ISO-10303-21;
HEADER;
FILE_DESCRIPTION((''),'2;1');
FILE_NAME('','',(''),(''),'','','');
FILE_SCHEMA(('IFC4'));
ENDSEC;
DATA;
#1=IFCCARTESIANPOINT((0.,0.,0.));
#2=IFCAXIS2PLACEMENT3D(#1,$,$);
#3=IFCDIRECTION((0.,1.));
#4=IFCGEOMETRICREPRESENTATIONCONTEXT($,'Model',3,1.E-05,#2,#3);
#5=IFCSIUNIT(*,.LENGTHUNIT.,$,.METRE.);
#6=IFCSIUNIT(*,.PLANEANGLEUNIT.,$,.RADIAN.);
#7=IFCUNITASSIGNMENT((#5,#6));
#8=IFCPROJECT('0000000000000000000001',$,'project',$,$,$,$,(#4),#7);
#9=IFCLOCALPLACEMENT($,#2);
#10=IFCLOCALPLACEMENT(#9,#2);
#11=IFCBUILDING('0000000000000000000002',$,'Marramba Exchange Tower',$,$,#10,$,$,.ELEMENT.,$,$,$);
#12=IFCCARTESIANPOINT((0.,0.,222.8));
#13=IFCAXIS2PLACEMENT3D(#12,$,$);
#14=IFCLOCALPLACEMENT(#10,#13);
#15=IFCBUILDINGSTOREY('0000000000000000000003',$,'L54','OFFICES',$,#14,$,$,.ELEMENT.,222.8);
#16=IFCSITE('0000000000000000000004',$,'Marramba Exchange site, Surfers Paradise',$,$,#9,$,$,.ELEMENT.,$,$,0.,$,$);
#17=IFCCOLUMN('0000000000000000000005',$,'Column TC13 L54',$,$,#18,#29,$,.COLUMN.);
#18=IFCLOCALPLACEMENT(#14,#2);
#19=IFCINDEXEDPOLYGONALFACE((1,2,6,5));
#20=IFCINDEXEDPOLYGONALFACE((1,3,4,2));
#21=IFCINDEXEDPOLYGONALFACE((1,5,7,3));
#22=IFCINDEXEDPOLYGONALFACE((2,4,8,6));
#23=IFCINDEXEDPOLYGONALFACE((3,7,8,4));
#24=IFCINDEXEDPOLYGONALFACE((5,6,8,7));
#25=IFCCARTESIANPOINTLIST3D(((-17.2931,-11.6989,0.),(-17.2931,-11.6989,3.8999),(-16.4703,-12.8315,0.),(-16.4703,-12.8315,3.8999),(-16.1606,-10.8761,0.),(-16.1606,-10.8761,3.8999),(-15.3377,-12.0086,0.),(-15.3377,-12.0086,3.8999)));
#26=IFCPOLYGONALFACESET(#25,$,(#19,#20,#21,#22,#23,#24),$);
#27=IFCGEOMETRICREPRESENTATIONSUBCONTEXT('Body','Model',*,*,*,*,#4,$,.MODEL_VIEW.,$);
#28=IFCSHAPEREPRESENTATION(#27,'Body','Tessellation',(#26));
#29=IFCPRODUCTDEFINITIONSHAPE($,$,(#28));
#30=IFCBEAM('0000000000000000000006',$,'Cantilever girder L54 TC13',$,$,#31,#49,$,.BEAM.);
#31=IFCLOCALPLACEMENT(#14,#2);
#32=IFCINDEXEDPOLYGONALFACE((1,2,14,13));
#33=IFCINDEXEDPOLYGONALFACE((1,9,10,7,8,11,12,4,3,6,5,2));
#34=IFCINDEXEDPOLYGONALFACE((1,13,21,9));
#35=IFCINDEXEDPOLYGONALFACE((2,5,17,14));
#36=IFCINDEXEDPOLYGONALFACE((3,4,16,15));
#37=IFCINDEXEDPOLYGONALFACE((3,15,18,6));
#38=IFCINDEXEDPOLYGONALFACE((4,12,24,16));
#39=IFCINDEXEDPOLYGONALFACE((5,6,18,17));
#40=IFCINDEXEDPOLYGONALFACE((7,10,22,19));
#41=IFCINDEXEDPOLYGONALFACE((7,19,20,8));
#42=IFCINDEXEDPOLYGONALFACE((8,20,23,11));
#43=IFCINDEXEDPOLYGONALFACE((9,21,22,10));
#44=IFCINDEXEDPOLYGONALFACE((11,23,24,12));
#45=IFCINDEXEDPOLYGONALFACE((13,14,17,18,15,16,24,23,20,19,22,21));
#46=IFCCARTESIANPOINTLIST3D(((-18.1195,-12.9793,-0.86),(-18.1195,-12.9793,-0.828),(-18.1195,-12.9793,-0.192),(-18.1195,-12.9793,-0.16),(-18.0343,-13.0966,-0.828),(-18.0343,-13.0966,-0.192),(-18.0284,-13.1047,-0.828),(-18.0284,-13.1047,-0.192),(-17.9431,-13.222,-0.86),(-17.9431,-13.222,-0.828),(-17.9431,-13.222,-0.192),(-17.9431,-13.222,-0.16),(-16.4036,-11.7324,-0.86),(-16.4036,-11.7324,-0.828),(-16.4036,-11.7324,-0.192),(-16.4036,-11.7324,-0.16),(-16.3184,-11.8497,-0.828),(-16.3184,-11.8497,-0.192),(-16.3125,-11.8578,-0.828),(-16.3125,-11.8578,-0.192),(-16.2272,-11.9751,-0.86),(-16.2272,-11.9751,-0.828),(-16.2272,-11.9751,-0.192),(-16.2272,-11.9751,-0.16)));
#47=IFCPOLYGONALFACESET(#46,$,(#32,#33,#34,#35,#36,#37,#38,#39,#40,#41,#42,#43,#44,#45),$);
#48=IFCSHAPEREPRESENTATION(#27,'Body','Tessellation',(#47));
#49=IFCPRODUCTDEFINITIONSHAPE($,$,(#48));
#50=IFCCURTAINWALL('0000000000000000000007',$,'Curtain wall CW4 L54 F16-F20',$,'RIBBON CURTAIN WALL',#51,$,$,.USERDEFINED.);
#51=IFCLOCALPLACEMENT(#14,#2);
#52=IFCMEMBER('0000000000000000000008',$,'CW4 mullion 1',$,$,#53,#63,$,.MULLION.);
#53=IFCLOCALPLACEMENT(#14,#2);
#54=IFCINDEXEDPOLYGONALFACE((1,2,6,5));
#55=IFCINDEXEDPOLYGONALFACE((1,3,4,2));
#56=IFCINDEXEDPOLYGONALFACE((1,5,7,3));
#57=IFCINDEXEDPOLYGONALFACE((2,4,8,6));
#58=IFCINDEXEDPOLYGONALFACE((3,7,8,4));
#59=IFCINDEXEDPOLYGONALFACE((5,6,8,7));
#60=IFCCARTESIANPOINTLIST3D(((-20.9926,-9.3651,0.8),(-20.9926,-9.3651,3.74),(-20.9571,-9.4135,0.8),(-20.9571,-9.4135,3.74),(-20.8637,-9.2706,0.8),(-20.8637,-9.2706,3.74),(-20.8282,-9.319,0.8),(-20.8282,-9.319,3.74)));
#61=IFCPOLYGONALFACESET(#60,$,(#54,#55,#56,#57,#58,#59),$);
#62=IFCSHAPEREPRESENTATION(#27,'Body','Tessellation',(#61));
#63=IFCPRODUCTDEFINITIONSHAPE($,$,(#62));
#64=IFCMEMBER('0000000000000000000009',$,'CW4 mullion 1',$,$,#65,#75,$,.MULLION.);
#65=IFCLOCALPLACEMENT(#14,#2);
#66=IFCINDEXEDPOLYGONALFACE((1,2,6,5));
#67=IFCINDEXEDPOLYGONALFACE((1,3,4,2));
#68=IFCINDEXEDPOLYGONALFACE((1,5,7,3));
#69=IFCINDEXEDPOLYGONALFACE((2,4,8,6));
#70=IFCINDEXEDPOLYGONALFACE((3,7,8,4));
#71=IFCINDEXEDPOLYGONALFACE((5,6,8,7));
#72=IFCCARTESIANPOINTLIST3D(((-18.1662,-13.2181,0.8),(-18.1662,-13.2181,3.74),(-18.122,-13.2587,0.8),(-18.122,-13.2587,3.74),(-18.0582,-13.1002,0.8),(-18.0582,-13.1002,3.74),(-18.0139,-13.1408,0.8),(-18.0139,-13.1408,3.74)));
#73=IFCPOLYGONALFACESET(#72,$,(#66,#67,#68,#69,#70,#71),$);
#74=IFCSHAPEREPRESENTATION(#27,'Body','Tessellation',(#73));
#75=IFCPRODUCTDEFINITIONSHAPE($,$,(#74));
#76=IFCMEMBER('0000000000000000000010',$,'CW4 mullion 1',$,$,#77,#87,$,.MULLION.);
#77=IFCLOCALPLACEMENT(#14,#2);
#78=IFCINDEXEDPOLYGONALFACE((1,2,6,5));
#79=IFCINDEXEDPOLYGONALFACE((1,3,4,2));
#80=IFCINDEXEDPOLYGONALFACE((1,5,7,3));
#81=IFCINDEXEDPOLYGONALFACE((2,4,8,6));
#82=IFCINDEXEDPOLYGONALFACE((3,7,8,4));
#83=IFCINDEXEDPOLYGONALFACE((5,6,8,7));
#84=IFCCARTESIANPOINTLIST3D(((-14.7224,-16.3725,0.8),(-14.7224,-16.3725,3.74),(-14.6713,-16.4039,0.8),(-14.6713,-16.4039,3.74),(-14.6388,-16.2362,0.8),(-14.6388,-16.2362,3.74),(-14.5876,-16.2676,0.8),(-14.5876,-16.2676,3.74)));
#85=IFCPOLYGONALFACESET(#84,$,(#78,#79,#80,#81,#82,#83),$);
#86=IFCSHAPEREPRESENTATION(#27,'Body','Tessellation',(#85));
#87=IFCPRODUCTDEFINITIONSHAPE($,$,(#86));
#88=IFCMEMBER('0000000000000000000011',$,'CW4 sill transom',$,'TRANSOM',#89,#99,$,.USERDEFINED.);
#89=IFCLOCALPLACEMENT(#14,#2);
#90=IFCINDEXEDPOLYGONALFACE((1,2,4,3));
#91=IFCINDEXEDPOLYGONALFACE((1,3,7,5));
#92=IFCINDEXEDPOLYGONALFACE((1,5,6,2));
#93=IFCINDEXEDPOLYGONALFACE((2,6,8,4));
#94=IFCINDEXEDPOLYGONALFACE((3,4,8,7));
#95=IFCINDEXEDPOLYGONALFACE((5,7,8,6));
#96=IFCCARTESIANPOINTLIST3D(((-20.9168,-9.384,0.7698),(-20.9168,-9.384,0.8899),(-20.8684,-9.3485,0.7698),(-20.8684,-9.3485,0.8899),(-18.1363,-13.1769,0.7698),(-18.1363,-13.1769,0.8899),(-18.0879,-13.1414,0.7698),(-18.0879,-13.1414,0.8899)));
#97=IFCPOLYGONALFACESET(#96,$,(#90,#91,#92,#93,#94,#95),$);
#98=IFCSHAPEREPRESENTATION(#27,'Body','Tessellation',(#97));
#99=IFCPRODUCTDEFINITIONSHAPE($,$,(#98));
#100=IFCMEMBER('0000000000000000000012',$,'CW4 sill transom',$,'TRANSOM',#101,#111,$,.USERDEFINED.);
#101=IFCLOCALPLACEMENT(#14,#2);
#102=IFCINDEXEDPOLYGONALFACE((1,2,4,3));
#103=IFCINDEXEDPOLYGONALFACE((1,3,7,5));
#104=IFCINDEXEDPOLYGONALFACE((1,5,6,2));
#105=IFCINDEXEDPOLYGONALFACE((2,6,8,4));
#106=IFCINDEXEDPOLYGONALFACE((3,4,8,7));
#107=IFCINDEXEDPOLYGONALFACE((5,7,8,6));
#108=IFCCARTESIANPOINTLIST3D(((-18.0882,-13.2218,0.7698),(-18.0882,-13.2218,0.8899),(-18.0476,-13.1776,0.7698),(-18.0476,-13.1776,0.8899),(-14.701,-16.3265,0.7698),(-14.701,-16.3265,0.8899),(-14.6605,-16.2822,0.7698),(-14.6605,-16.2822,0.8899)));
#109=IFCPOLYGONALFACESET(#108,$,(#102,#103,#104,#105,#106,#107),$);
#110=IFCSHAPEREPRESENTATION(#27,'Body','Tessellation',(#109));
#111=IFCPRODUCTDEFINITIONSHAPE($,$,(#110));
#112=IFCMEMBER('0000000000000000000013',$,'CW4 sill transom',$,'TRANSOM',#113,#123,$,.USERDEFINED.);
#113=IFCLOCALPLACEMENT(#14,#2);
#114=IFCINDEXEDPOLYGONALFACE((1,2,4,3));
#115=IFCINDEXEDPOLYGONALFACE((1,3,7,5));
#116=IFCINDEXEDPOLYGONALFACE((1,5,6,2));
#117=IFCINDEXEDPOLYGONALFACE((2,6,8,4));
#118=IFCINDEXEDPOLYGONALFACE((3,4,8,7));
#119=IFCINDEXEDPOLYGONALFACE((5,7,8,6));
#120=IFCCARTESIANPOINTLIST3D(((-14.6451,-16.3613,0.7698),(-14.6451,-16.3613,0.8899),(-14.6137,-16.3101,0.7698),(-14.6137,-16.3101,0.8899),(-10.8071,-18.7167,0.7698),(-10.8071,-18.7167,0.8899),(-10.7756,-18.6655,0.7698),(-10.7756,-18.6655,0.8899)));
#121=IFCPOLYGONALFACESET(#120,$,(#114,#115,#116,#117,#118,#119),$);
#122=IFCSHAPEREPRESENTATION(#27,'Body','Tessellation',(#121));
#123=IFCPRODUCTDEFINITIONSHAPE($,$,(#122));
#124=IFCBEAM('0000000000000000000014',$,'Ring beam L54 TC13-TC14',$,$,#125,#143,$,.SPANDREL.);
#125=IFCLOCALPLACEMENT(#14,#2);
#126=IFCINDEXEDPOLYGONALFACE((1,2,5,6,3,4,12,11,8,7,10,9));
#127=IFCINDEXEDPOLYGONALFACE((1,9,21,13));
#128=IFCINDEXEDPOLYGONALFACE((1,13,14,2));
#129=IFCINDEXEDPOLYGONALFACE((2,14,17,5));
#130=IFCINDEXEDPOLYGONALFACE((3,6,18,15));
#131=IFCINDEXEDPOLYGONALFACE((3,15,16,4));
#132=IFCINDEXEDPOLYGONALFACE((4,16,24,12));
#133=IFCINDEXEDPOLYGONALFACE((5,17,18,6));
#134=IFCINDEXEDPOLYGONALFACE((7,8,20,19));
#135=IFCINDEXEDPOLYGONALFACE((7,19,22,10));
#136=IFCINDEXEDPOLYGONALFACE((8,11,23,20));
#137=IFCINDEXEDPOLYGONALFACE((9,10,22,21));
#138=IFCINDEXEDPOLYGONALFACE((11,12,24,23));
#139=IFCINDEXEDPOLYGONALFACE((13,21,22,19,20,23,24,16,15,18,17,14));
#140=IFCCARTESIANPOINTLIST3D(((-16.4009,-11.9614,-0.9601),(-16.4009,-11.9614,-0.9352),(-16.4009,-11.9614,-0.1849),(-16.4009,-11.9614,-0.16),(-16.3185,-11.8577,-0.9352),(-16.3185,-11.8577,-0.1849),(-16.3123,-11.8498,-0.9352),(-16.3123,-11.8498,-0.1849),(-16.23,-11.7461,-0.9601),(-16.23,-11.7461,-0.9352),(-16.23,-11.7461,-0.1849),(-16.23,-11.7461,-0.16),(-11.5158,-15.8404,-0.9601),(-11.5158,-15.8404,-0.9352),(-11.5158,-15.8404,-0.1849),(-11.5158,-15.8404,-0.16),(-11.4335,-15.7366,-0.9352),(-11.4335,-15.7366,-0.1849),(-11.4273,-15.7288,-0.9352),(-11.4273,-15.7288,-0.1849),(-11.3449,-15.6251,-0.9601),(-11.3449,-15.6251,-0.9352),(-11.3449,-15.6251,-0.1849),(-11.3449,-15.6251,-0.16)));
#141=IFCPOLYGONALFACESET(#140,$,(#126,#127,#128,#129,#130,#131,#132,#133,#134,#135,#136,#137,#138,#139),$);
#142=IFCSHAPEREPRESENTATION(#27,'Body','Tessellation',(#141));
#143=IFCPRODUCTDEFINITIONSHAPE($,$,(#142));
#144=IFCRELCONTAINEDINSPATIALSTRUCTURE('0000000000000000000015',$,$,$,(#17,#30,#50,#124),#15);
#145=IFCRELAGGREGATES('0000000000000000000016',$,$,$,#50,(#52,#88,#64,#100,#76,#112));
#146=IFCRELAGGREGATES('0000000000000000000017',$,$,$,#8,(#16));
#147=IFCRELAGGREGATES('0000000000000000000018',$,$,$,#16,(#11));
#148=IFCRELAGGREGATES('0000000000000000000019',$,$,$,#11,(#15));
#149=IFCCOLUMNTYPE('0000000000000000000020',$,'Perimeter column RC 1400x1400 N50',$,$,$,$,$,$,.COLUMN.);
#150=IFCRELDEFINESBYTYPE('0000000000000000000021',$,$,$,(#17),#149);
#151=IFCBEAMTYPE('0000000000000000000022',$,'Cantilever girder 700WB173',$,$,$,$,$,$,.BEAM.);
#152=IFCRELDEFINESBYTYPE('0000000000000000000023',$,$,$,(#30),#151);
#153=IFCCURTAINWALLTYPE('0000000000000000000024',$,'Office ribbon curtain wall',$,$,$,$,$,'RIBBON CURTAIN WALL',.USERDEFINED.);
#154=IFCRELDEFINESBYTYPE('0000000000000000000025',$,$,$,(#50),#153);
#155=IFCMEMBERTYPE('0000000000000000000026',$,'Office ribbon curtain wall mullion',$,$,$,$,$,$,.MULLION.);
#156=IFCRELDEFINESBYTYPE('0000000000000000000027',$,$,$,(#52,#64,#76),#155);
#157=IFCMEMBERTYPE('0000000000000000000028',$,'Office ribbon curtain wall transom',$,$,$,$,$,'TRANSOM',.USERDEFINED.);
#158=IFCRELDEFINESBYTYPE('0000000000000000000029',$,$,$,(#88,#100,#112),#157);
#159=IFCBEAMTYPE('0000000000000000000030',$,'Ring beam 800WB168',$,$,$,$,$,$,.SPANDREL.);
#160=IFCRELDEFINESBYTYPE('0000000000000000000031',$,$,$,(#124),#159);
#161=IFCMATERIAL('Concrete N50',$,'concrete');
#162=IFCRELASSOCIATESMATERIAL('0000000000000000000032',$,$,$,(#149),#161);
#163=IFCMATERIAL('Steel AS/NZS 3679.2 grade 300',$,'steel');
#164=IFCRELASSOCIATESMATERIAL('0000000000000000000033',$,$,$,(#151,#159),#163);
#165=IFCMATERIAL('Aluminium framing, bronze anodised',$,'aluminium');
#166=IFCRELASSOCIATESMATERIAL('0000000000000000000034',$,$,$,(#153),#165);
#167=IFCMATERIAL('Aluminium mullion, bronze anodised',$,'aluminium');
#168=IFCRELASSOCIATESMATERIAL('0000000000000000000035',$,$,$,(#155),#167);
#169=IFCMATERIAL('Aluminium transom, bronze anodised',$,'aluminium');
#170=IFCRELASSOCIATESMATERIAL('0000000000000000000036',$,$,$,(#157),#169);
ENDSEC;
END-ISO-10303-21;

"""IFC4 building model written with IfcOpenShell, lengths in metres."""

from ifc_helpers import new_model, si_unit, direction, frame, origin, origin_2d, place, context, subcontext, project, spatial, rectangle, i_section, extrude, material, material_profile, profile_set, type_object, element, aggregate, save


model = new_model("IFC4")

# Units and contexts
model_context = context("Model", 3, precision=1e-05, world=origin(), true_north=direction((0.0, 1.0)))
body_context = subcontext(model_context, "Body", "Model", "MODEL_VIEW")
ifc_project = project(units=[si_unit("LENGTHUNIT", "METRE"), si_unit("PLANEANGLEUNIT", "RADIAN")], contexts=[model_context])

# Site, building, storey
site_placement = place(None, origin())
site = spatial("IfcSite", under=ifc_project, at=site_placement, Name="Marramba Exchange site, Surfers Paradise", CompositionType="ELEMENT", RefElevation=0.0)
building_placement = place(site_placement, origin())
building = spatial("IfcBuilding", under=site, at=building_placement, Name="Marramba Exchange Tower", CompositionType="ELEMENT")
storey_placement = place(building_placement, frame((0.0, 0.0, 222.8)))
storey = spatial("IfcBuildingStorey", under=building, at=storey_placement, Name="L54", Description="OFFICES", CompositionType="ELEMENT", Elevation=222.8)

# Column
ifc_material_1 = material(Name="Concrete N50", Category="concrete")
ifc_material_profile_1 = material_profile(ifc_material_1, rectangle(XDim=1.3999, YDim=1.3999, at=origin_2d()), Name="RC 1400x1400")
ifc_profile_set_1 = profile_set([ifc_material_profile_1], Name="Concrete N50")
column_type = type_object("IfcColumnType", Name="Perimeter column RC 1400x1400 N50", PredefinedType="COLUMN", material=ifc_profile_set_1)
column_placement = place(storey_placement, frame((-16.3154, -11.8538, 0.0), z_axis=(0.0, 0.0, 1.0), x_axis=(-0.809017, -0.587785, 0.0)))
element("IfcColumn", 1, at=column_placement, inside=storey, type_object=column_type, Name="Column TC13 L54", PredefinedType="COLUMN", context=body_context, shape_type="SweptSolid", body=[
    extrude(rectangle(XDim=1.3999, YDim=1.3999, at=origin_2d()), origin(), (0.0, 0.0, 1.0), 3.8999),
])

# Beam
ifc_material_2 = material(Name="Steel AS/NZS 3679.2 grade 300", Category="steel")
ifc_material_profile_2 = material_profile(ifc_material_2, i_section(OverallWidth=0.3, OverallDepth=0.7, WebThickness=0.01, FlangeThickness=0.032, at=origin_2d()), Name="700WB173")
ifc_profile_set_2 = profile_set([ifc_material_profile_2], Name="Steel AS/NZS 3679.2 grade 300")
beam_type_1 = type_object("IfcBeamType", Name="Cantilever girder 700WB173", PredefinedType="BEAM", material=ifc_profile_set_2)
beam_1_placement = place(storey_placement, frame((-16.3154, -11.8538, -0.51), z_axis=(-0.80897, -0.58785, 0.0), x_axis=(0.58785, -0.80897, 0.0)))
element("IfcBeam", 2, at=beam_1_placement, inside=storey, type_object=beam_type_1, Name="Cantilever girder L54 TC13", PredefinedType="BEAM", context=body_context, shape_type="SweptSolid", body=[
    extrude(i_section(OverallWidth=0.3, OverallDepth=0.7, WebThickness=0.01, FlangeThickness=0.032, at=origin_2d()), origin(), (0.0, 0.0, 1.0), 2.1211),
])

# Curtain wall, members
ifc_material_3 = material(Name="Aluminium framing, bronze anodised", Category="aluminium")
curtain_wall_type = type_object("IfcCurtainWallType", Name="Office ribbon curtain wall", ElementType="RIBBON CURTAIN WALL", PredefinedType="USERDEFINED", material=ifc_material_3)
curtain_wall_placement = place(storey_placement, origin())
curtain_wall = element("IfcCurtainWall", 3, at=curtain_wall_placement, inside=storey, type_object=curtain_wall_type, Name="Curtain wall CW4 L54 F16-F20", ObjectType="RIBBON CURTAIN WALL", PredefinedType="USERDEFINED")
ifc_material_4 = material(Name="Aluminium mullion, bronze anodised", Category="aluminium")
ifc_material_profile_3 = material_profile(ifc_material_4, rectangle(XDim=0.1599, YDim=0.0601, at=origin_2d()), Name="CW4 mullion 60x160")
ifc_profile_set_3 = profile_set([ifc_material_profile_3], Name="Aluminium mullion, bronze anodised")
member_type_1 = type_object("IfcMemberType", Name="Office ribbon curtain wall mullion", PredefinedType="MULLION", material=ifc_profile_set_3)
member_1_placement = place(storey_placement, frame((-20.9104, -9.342, 0.8), z_axis=(0.0, 0.0, 1.0), x_axis=(0.806508, 0.591223, 0.0)))
member_1 = element("IfcMember", 4, at=member_1_placement, type_object=member_type_1, Name="CW4 mullion 1", PredefinedType="MULLION", context=body_context, shape_type="SweptSolid", body=[
    extrude(rectangle(XDim=0.1599, YDim=0.0601, at=origin_2d()), origin(), (0.0, 0.0, 1.0), 2.9399),
])
member_2_placement = place(storey_placement, frame((-18.0901, -13.1794, 0.8), z_axis=(0.0, 0.0, 1.0), x_axis=(0.675671, 0.737203, 0.0)))
member_2 = element("IfcMember", 5, at=member_2_placement, type_object=member_type_1, Name="CW4 mullion 1", PredefinedType="MULLION", context=body_context, shape_type="SweptSolid", body=[
    extrude(rectangle(XDim=0.1599, YDim=0.0601, at=origin_2d()), origin(), (0.0, 0.0, 1.0), 2.9399),
])
member_3_placement = place(storey_placement, frame((-14.655, -16.3201, 0.8), z_axis=(0.0, 0.0, 1.0), x_axis=(0.523052, 0.852301, 0.0)))
member_3 = element("IfcMember", 6, at=member_3_placement, type_object=member_type_1, Name="CW4 mullion 1", PredefinedType="MULLION", context=body_context, shape_type="SweptSolid", body=[
    extrude(rectangle(XDim=0.1599, YDim=0.0601, at=origin_2d()), origin(), (0.0, 0.0, 1.0), 2.9399),
])
ifc_material_5 = material(Name="Aluminium transom, bronze anodised", Category="aluminium")
ifc_material_profile_4 = material_profile(ifc_material_5, rectangle(XDim=0.0601, YDim=0.1201, at=origin_2d()), Name="CW4 transom 60x120")
ifc_profile_set_4 = profile_set([ifc_material_profile_4], Name="Aluminium transom, bronze anodised")
member_type_2 = type_object("IfcMemberType", Name="Office ribbon curtain wall transom", ElementType="TRANSOM", PredefinedType="USERDEFINED", material=ifc_profile_set_4)
member_4_placement = place(storey_placement, frame((-20.8926, -9.3662, 0.8298), z_axis=(0.591226, -0.806506, 0.0), x_axis=(0.806506, 0.591226, 0.0)))
member_4 = element("IfcMember", 7, at=member_4_placement, type_object=member_type_2, Name="CW4 sill transom", ObjectType="TRANSOM", PredefinedType="USERDEFINED", context=body_context, shape_type="SweptSolid", body=[
    extrude(rectangle(XDim=0.0601, YDim=0.1201, at=origin_2d()), origin(), (0.0, 0.0, 1.0), 4.7029),
])
member_5_placement = place(storey_placement, frame((-18.0679, -13.1997, 0.8298), z_axis=(0.737176, -0.675701, 0.0), x_axis=(0.675701, 0.737176, 0.0)))
member_5 = element("IfcMember", 8, at=member_5_placement, type_object=member_type_2, Name="CW4 sill transom", ObjectType="TRANSOM", PredefinedType="USERDEFINED", context=body_context, shape_type="SweptSolid", body=[
    extrude(rectangle(XDim=0.0601, YDim=0.1201, at=origin_2d()), origin(), (0.0, 0.0, 1.0), 4.5947),
])
member_6_placement = place(storey_placement, frame((-14.6294, -16.3357, 0.8298), z_axis=(0.852298, -0.523056, 0.0), x_axis=(0.523056, 0.852298, 0.0)))
member_6 = element("IfcMember", 9, at=member_6_placement, type_object=member_type_2, Name="CW4 sill transom", ObjectType="TRANSOM", PredefinedType="USERDEFINED", context=body_context, shape_type="SweptSolid", body=[
    extrude(rectangle(XDim=0.0601, YDim=0.1201, at=origin_2d()), origin(), (0.0, 0.0, 1.0), 4.5032),
])

# Beam
ifc_material_profile_5 = material_profile(ifc_material_2, i_section(OverallWidth=0.2749, OverallDepth=0.8, WebThickness=0.01, FlangeThickness=0.0249, at=origin_2d()), Name="800WB168")
ifc_profile_set_5 = profile_set([ifc_material_profile_5], Name="Steel AS/NZS 3679.2 grade 300")
beam_type_2 = type_object("IfcBeamType", Name="Ring beam 800WB168", PredefinedType="SPANDREL", material=ifc_profile_set_5)
beam_2_placement = place(storey_placement, frame((-16.3154, -11.8538, -0.5601), z_axis=(0.783139, -0.621846, 0.0), x_axis=(0.621846, 0.783139, 0.0)))
element("IfcBeam", 10, at=beam_2_placement, inside=storey, type_object=beam_type_2, Name="Ring beam L54 TC13-TC14", PredefinedType="SPANDREL", context=body_context, shape_type="SweptSolid", body=[
    extrude(i_section(OverallWidth=0.2749, OverallDepth=0.8, WebThickness=0.01, FlangeThickness=0.0249, at=origin_2d()), origin(), (0.0, 0.0, 1.0), 6.2378),
])

aggregate(curtain_wall, [member_1, member_4, member_2, member_5, member_3, member_6])

save(model, "model.ifc")
